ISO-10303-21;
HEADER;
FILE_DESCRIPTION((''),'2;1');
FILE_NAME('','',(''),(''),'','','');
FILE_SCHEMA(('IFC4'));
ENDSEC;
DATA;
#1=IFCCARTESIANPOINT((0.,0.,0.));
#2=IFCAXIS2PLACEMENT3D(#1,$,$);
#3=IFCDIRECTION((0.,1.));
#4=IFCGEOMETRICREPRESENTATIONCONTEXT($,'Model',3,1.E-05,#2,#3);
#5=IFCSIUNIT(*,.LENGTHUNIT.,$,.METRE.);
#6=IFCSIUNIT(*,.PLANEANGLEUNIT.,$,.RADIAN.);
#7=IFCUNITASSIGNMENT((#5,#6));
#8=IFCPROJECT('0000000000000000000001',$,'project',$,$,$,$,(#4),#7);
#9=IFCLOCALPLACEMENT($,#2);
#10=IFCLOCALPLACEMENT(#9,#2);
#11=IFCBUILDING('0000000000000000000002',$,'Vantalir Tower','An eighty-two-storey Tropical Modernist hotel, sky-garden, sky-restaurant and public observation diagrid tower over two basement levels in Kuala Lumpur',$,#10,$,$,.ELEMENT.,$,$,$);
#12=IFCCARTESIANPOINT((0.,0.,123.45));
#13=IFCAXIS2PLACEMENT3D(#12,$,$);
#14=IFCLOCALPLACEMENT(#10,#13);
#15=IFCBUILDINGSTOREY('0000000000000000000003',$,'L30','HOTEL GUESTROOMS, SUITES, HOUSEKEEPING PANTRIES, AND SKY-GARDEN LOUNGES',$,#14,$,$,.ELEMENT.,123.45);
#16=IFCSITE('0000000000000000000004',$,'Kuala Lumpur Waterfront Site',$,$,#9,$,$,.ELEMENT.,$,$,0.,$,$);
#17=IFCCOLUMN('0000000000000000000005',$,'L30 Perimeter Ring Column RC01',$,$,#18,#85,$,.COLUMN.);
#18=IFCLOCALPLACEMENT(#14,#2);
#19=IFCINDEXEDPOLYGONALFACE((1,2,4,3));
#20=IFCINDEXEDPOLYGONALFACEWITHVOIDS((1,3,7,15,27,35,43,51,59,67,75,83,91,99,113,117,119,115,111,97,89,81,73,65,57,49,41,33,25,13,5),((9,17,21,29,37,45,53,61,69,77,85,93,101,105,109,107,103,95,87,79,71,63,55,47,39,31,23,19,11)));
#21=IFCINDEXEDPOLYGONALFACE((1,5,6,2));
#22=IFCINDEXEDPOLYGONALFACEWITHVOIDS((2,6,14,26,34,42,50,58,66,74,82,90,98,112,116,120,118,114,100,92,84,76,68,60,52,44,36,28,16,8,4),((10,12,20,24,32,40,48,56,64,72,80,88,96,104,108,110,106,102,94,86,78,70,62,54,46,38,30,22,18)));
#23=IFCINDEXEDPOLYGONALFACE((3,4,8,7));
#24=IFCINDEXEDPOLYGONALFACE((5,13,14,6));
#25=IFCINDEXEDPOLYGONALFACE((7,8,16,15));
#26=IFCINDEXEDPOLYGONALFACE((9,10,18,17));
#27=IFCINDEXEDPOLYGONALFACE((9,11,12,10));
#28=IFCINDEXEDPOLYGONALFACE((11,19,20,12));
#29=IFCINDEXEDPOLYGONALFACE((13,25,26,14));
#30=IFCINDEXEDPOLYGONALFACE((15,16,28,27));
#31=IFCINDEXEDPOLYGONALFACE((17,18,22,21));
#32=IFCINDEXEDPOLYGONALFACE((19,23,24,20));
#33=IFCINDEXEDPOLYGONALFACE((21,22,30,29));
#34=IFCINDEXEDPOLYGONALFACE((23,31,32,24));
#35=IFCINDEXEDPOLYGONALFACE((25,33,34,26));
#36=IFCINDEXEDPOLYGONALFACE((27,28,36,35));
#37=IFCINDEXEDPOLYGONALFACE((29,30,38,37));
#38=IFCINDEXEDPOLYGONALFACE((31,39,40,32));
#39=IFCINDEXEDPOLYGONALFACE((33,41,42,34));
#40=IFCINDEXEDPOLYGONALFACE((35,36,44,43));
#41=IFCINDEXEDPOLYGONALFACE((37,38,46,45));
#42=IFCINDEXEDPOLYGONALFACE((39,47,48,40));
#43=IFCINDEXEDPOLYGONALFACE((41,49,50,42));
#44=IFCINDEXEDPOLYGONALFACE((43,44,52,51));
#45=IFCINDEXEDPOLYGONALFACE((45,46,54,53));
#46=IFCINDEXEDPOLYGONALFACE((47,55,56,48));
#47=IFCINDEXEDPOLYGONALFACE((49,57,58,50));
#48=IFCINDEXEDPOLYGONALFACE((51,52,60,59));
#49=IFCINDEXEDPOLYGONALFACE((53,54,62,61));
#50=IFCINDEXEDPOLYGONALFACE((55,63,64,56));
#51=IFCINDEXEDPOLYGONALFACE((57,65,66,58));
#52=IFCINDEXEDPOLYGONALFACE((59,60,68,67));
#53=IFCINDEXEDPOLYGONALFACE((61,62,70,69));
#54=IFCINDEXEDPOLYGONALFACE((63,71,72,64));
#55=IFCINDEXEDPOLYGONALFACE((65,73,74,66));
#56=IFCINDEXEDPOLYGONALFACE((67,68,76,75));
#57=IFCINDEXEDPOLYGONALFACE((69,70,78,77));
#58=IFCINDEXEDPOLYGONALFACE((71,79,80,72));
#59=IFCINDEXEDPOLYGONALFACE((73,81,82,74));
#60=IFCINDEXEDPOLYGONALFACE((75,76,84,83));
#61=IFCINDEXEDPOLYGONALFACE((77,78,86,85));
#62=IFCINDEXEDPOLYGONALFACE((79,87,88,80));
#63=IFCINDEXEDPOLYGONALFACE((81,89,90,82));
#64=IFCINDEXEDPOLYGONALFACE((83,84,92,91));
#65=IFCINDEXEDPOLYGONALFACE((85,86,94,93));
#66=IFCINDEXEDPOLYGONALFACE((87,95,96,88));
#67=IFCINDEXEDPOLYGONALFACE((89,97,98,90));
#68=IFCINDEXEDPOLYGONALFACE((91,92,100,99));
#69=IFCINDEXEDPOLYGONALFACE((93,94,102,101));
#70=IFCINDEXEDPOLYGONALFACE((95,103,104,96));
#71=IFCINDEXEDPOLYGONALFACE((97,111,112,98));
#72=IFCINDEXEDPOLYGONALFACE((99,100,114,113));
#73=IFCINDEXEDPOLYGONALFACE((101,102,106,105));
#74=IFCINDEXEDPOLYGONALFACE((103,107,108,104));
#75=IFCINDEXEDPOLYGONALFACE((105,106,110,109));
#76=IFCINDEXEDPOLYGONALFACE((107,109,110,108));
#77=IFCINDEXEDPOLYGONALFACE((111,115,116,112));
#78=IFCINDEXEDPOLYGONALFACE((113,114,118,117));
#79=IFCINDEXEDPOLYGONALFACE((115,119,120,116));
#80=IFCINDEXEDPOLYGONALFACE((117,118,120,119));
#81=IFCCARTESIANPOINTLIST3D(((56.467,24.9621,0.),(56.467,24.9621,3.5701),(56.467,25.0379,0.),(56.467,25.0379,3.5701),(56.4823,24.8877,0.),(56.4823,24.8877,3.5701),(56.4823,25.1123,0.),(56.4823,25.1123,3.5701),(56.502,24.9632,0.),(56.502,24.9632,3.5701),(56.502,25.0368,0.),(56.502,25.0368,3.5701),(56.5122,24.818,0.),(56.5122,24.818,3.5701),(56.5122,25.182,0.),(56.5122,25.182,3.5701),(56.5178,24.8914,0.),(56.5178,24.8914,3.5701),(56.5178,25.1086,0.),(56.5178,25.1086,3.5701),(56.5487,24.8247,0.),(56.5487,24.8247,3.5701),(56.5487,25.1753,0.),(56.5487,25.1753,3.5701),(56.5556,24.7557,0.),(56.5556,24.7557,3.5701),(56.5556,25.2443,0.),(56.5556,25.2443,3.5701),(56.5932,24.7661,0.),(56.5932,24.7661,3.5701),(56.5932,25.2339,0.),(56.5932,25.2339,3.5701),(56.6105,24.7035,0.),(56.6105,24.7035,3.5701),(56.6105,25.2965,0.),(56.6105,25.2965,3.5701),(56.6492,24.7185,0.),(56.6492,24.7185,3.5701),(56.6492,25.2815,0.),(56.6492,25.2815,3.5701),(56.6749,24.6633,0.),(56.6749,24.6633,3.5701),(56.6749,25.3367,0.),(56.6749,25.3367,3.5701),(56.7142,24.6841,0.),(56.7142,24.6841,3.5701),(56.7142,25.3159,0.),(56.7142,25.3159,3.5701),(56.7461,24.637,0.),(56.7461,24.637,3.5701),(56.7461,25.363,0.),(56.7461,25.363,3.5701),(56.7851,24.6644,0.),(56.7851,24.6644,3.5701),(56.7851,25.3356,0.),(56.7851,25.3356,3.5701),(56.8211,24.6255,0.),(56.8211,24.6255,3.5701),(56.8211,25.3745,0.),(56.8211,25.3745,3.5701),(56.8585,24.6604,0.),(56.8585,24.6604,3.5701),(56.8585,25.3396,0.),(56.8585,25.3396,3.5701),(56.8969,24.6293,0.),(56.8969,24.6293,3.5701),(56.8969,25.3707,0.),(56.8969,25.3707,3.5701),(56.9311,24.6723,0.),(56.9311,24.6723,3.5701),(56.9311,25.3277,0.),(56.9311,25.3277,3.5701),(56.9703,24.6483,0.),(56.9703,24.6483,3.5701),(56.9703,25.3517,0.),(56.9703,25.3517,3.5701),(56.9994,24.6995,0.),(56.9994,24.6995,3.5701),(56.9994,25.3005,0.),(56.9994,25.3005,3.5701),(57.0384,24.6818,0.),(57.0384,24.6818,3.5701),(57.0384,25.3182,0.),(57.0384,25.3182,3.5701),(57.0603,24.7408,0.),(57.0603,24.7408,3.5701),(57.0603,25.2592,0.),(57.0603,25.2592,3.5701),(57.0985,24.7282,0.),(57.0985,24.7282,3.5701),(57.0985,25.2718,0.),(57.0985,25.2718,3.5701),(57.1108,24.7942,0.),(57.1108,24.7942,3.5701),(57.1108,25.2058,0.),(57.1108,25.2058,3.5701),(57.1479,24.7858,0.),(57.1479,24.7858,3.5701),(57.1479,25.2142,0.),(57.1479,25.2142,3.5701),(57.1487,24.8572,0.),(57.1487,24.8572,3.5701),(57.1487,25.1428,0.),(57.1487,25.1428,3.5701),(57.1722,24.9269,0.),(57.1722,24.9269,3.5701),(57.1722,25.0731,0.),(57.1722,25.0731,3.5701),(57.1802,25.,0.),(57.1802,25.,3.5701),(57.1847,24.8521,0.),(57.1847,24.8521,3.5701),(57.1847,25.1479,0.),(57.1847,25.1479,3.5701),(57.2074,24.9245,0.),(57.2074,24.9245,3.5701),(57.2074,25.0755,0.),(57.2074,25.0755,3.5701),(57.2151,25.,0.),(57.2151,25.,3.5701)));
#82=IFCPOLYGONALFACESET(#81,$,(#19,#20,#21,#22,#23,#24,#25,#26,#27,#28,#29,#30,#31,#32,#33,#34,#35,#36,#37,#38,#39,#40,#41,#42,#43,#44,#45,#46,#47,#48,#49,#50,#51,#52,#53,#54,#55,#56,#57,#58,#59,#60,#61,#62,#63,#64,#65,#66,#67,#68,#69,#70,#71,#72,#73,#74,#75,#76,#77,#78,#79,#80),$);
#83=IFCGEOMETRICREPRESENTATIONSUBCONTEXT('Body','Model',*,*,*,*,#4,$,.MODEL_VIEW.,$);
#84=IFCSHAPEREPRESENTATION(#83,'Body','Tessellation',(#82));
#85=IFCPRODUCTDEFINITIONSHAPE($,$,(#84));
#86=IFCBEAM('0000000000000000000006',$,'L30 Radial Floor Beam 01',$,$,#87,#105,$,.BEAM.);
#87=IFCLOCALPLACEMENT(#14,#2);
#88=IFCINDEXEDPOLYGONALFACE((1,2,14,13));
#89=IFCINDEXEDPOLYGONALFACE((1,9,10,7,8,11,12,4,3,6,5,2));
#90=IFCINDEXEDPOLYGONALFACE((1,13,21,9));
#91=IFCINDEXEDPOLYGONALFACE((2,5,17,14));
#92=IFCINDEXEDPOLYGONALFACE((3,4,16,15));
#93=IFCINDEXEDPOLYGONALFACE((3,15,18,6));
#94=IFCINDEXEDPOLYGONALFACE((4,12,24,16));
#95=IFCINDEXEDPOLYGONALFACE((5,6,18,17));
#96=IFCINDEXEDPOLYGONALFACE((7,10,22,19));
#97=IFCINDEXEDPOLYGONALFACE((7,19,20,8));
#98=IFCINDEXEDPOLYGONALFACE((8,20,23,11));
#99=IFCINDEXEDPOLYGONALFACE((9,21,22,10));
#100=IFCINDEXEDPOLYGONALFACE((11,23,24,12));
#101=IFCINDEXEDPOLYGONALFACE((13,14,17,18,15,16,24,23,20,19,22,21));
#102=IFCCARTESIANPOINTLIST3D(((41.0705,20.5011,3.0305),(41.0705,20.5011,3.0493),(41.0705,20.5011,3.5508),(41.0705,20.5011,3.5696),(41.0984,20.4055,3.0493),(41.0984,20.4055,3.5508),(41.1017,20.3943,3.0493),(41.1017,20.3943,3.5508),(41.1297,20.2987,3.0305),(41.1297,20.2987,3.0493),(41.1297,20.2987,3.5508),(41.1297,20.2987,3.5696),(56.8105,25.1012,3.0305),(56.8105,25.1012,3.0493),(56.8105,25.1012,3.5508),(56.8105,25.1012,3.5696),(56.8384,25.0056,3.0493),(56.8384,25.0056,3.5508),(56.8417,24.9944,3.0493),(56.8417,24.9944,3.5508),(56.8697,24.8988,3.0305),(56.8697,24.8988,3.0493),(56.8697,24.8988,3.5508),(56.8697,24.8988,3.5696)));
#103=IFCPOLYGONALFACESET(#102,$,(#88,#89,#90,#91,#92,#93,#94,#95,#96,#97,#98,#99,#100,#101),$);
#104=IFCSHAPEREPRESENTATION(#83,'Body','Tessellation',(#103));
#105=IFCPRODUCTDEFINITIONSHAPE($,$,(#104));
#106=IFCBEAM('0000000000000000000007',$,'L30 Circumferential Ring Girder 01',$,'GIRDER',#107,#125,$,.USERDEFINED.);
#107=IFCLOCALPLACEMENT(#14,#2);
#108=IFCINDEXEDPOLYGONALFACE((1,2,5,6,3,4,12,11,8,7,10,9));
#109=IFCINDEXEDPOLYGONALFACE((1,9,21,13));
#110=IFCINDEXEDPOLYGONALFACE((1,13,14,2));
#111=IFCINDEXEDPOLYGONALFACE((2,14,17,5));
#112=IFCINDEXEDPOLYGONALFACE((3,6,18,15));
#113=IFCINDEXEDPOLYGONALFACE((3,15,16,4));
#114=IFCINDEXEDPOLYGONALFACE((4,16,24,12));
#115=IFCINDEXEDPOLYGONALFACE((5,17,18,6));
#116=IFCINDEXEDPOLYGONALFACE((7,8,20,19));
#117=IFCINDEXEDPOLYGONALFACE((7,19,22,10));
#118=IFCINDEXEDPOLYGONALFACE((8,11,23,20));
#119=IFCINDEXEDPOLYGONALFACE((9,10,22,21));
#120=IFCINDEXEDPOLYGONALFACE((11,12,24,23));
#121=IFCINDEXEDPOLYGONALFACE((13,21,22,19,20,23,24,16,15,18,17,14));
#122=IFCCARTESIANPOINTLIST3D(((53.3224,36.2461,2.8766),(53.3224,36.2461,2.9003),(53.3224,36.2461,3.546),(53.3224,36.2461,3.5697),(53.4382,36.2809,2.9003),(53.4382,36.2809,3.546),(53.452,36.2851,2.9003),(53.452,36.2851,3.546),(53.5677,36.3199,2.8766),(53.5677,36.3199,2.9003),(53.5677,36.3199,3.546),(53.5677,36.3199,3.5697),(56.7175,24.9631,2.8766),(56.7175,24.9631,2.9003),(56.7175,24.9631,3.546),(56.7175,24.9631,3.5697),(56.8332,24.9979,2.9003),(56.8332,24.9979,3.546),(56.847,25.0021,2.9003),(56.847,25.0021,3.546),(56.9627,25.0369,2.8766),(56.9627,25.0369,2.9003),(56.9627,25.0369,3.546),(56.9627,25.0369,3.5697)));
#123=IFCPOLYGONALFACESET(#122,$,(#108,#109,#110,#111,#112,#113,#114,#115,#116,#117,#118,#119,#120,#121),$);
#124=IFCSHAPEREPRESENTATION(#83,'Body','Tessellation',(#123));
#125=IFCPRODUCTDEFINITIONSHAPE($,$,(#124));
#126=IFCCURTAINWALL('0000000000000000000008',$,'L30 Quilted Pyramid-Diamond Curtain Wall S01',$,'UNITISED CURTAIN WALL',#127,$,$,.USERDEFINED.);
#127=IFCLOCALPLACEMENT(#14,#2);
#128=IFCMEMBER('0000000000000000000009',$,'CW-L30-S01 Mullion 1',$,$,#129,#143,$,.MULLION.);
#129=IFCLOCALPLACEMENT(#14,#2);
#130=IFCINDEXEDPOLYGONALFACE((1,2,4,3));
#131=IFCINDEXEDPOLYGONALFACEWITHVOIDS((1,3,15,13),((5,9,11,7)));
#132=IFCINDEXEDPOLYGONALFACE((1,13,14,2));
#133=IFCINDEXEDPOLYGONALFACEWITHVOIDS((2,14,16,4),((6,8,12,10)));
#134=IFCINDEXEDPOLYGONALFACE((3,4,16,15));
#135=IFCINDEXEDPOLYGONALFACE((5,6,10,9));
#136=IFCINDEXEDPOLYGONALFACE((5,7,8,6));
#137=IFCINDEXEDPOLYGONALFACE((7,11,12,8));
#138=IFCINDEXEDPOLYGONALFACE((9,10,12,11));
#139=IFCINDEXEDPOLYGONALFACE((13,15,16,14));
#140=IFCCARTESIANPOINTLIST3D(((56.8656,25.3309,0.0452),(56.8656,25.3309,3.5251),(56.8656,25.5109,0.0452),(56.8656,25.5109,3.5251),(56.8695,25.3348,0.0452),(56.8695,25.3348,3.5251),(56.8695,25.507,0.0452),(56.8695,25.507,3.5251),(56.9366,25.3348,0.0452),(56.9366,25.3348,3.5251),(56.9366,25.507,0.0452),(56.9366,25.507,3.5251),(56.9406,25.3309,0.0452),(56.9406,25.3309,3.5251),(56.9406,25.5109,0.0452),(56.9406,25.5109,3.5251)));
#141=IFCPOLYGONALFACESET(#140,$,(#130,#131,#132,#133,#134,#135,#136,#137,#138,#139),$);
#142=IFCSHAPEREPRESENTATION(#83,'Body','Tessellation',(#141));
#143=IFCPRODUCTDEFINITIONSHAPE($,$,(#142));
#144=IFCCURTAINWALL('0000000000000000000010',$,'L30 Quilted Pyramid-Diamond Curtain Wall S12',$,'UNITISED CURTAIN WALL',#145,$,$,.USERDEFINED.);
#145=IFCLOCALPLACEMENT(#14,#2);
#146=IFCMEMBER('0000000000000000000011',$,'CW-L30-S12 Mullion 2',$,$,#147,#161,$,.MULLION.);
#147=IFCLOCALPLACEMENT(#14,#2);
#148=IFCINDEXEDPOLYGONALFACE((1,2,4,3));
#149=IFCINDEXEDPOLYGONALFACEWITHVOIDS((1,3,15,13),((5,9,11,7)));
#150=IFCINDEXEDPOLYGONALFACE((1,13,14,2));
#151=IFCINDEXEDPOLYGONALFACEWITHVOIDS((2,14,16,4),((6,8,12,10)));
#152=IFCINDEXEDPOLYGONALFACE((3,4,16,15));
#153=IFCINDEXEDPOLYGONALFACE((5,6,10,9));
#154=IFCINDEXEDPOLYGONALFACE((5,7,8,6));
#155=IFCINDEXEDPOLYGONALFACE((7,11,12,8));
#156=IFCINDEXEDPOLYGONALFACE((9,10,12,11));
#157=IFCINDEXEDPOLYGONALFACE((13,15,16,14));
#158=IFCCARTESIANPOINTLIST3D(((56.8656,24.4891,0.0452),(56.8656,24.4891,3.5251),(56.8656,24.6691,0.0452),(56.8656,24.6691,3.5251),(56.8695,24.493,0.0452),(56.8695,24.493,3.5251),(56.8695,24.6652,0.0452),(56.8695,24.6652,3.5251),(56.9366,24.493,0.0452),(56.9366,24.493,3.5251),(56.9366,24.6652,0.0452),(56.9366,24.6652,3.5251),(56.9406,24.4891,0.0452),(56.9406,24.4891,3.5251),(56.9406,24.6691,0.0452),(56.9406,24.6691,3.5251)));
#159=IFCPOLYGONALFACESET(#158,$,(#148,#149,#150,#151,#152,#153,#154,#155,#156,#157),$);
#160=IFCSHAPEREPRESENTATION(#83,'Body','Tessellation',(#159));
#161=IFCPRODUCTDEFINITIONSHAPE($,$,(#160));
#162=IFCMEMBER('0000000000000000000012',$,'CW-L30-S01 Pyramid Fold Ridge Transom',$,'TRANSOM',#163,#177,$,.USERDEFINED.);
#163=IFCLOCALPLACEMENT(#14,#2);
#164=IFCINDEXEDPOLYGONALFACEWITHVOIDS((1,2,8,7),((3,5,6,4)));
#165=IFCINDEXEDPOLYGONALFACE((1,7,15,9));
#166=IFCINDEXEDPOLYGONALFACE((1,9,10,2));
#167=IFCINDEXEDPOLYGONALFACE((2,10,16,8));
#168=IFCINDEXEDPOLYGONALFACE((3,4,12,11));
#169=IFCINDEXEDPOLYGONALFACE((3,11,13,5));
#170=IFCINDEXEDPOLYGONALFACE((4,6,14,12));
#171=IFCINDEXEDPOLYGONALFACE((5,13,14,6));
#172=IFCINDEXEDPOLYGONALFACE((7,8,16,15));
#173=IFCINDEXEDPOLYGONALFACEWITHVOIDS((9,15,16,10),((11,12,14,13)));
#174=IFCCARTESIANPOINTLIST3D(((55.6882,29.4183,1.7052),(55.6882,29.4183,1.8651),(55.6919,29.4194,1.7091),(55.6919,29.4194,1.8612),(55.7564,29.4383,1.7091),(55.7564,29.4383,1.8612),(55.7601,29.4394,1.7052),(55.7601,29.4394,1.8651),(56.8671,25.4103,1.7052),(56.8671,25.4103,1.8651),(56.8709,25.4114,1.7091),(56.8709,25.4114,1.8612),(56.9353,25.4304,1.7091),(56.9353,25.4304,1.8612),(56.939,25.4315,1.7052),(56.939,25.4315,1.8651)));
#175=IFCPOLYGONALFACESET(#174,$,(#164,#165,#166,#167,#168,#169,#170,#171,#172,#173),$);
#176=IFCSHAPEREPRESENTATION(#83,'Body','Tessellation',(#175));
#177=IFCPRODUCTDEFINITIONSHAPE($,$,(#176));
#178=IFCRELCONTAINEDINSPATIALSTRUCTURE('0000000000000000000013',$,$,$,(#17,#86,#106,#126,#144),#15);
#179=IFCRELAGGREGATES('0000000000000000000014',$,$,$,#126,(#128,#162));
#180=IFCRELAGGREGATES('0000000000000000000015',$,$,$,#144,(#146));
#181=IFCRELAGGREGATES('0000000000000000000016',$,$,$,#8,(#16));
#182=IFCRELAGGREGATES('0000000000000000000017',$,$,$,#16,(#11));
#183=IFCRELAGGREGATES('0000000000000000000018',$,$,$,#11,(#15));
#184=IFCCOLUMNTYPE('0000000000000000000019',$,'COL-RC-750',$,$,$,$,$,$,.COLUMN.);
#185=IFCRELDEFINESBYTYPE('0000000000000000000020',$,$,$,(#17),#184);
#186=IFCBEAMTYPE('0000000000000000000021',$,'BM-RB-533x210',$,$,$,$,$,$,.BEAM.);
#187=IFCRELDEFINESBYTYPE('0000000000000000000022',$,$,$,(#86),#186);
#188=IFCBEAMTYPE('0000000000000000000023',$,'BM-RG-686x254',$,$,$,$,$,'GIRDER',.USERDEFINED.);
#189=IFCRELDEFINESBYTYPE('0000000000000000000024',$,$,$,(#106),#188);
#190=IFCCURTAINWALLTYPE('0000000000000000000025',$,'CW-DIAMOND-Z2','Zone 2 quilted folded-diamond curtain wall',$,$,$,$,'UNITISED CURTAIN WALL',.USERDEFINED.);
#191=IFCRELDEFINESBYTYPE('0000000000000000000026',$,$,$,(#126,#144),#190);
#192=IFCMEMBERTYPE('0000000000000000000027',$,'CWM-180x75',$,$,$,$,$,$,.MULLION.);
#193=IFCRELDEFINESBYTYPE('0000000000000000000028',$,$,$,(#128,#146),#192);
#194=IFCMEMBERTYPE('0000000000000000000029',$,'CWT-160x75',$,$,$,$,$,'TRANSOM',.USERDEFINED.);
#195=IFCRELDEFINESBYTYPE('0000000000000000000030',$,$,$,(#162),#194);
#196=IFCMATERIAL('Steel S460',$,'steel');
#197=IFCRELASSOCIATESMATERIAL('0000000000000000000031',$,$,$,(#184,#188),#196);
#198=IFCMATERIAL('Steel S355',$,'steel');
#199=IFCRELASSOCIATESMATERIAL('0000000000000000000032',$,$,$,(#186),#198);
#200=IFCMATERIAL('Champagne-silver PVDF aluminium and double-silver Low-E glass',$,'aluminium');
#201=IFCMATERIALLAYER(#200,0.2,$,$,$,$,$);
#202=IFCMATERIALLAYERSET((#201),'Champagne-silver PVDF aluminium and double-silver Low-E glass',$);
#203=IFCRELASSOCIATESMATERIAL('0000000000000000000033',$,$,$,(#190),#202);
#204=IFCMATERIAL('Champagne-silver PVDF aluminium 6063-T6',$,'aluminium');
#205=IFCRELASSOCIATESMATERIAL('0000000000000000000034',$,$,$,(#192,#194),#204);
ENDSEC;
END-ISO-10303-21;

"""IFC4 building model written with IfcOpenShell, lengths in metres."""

from ifc_helpers import new_model, si_unit, direction, frame, origin, origin_2d, place, context, subcontext, project, spatial, hollow_rectangle, hollow_circle, i_section, extrude, material, layer, layer_set, material_profile, profile_set, type_object, element, aggregate, save


model = new_model("IFC4")

# Units and contexts
model_context = context("Model", 3, precision=1e-05, world=origin(), true_north=direction((0.0, 1.0)))
body_context = subcontext(model_context, "Body", "Model", "MODEL_VIEW")
ifc_project = project(units=[si_unit("LENGTHUNIT", "METRE"), si_unit("PLANEANGLEUNIT", "RADIAN")], contexts=[model_context])

# Site, building, storey
site_placement = place(None, origin())
site = spatial("IfcSite", under=ifc_project, at=site_placement, Name="Kuala Lumpur Waterfront Site", CompositionType="ELEMENT", RefElevation=0.0)
building_placement = place(site_placement, origin())
building = spatial("IfcBuilding", under=site, at=building_placement, Name="Vantalir Tower", Description="An eighty-two-storey Tropical Modernist hotel, sky-garden, sky-restaurant and public observation diagrid tower over two basement levels in Kuala Lumpur", CompositionType="ELEMENT")
storey_placement = place(building_placement, frame((0.0, 0.0, 123.45)))
storey = spatial("IfcBuildingStorey", under=building, at=storey_placement, Name="L30", Description="HOTEL GUESTROOMS, SUITES, HOUSEKEEPING PANTRIES, AND SKY-GARDEN LOUNGES", CompositionType="ELEMENT", Elevation=123.45)

# Column
ifc_material_1 = material(Name="Steel S460", Category="steel")
ifc_material_profile_1 = material_profile(ifc_material_1, hollow_circle(Radius=0.375, WallThickness=0.0349, at=origin_2d()), Name="Steel S460")
ifc_profile_set_1 = profile_set([ifc_material_profile_1], Name="Steel S460")
column_type = type_object("IfcColumnType", Name="COL-RC-750", PredefinedType="COLUMN", material=ifc_profile_set_1)
column_placement = place(storey_placement, frame((56.8401, 25.0, 0.0), z_axis=(0.0, 0.0, 1.0), x_axis=(1.0, 0.0, 0.0)))
element("IfcColumn", 1, at=column_placement, inside=storey, type_object=column_type, Name="L30 Perimeter Ring Column RC01", PredefinedType="COLUMN", context=body_context, shape_type="SweptSolid", body=[
    extrude(hollow_circle(Radius=0.375, WallThickness=0.0349, at=origin_2d()), origin(), (0.0, 0.0, 1.0), 3.5701),
])

# Beams
ifc_material_2 = material(Name="Steel S355", Category="steel")
ifc_material_profile_2 = material_profile(ifc_material_2, i_section(OverallWidth=0.2109, OverallDepth=0.5391, WebThickness=0.0117, FlangeThickness=0.0188, at=origin_2d()), Name="Steel S355")
ifc_profile_set_2 = profile_set([ifc_material_profile_2], Name="Steel S355")
beam_type_1 = type_object("IfcBeamType", Name="BM-RB-533x210", PredefinedType="BEAM", material=ifc_profile_set_2)
beam_1_placement = place(storey_placement, frame((56.8401, 25.0, 3.3), z_axis=(-0.959848, -0.280521, 0.0), x_axis=(0.280521, -0.959848, 0.0)))
element("IfcBeam", 2, at=beam_1_placement, inside=storey, type_object=beam_type_1, Name="L30 Radial Floor Beam 01", PredefinedType="BEAM", context=body_context, shape_type="SweptSolid", body=[
    extrude(i_section(OverallWidth=0.2109, OverallDepth=0.5391, WebThickness=0.0117, FlangeThickness=0.0188, at=origin_2d()), origin(), (0.0, 0.0, 1.0), 16.3984),
])
ifc_material_profile_3 = material_profile(ifc_material_1, i_section(OverallWidth=0.2561, OverallDepth=0.6931, WebThickness=0.0144, FlangeThickness=0.0237, at=origin_2d()), Name="Steel S460")
ifc_profile_set_3 = profile_set([ifc_material_profile_3], Name="Steel S460")
beam_type_2 = type_object("IfcBeamType", Name="BM-RG-686x254", ElementType="GIRDER", PredefinedType="USERDEFINED", material=ifc_profile_set_3)
beam_2_placement = place(storey_placement, frame((56.8401, 25.0, 3.2231), z_axis=(-0.288137, 0.957589, 0.0), x_axis=(-0.957589, -0.288137, 0.0)))
element("IfcBeam", 3, at=beam_2_placement, inside=storey, type_object=beam_type_2, Name="L30 Circumferential Ring Girder 01", ObjectType="GIRDER", PredefinedType="USERDEFINED", context=body_context, shape_type="SweptSolid", body=[
    extrude(i_section(OverallWidth=0.2561, OverallDepth=0.6931, WebThickness=0.0144, FlangeThickness=0.0237, at=origin_2d()), origin(), (0.0, 0.0, 1.0), 11.7827),
])

# Curtain walls, members
ifc_material_3 = material(Name="Champagne-silver PVDF aluminium and double-silver Low-E glass", Category="aluminium")
ifc_layer_1 = layer(ifc_material_3, 0.2)
ifc_layer_set_1 = layer_set([ifc_layer_1], Name="Champagne-silver PVDF aluminium and double-silver Low-E glass")
curtain_wall_type = type_object("IfcCurtainWallType", Name="CW-DIAMOND-Z2", Description="Zone 2 quilted folded-diamond curtain wall", ElementType="UNITISED CURTAIN WALL", PredefinedType="USERDEFINED", material=ifc_layer_set_1)
curtain_wall_1_placement = place(storey_placement, origin())
curtain_wall_1 = element("IfcCurtainWall", 4, at=curtain_wall_1_placement, inside=storey, type_object=curtain_wall_type, Name="L30 Quilted Pyramid-Diamond Curtain Wall S01", ObjectType="UNITISED CURTAIN WALL", PredefinedType="USERDEFINED")
ifc_material_4 = material(Name="Champagne-silver PVDF aluminium 6063-T6", Category="aluminium")
ifc_material_profile_4 = material_profile(ifc_material_4, hollow_rectangle(XDim=0.075, YDim=0.1799, WallThickness=0.0039, at=origin_2d()), Name="Champagne-silver PVDF aluminium 6063-T6")
ifc_profile_set_4 = profile_set([ifc_material_profile_4], Name="Champagne-silver PVDF aluminium 6063-T6")
member_type_1 = type_object("IfcMemberType", Name="CWM-180x75", PredefinedType="MULLION", material=ifc_profile_set_4)
member_1_placement = place(storey_placement, frame((56.9031, 25.4209, 0.0452), z_axis=(0.0, 0.0, 1.0), x_axis=(1.0, 0.0, 0.0)))
member_1 = element("IfcMember", 5, at=member_1_placement, type_object=member_type_1, Name="CW-L30-S01 Mullion 1", PredefinedType="MULLION", context=body_context, shape_type="SweptSolid", body=[
    extrude(hollow_rectangle(XDim=0.075, YDim=0.1799, WallThickness=0.0039, at=origin_2d()), origin(), (0.0, 0.0, 1.0), 3.48),
])
curtain_wall_2_placement = place(storey_placement, origin())
curtain_wall_2 = element("IfcCurtainWall", 6, at=curtain_wall_2_placement, inside=storey, type_object=curtain_wall_type, Name="L30 Quilted Pyramid-Diamond Curtain Wall S12", ObjectType="UNITISED CURTAIN WALL", PredefinedType="USERDEFINED")
member_2_placement = place(storey_placement, frame((56.9031, 24.5791, 0.0452), z_axis=(0.0, 0.0, 1.0), x_axis=(1.0, 0.0, 0.0)))
member_2 = element("IfcMember", 7, at=member_2_placement, type_object=member_type_1, Name="CW-L30-S12 Mullion 2", PredefinedType="MULLION", context=body_context, shape_type="SweptSolid", body=[
    extrude(hollow_rectangle(XDim=0.075, YDim=0.1799, WallThickness=0.0039, at=origin_2d()), origin(), (0.0, 0.0, 1.0), 3.48),
])

# Member
ifc_material_profile_5 = material_profile(ifc_material_4, hollow_rectangle(XDim=0.075, YDim=0.1599, WallThickness=0.0039, at=origin_2d()), Name="Champagne-silver PVDF aluminium 6063-T6")
ifc_profile_set_5 = profile_set([ifc_material_profile_5], Name="Champagne-silver PVDF aluminium 6063-T6")
member_type_2 = type_object("IfcMemberType", Name="CWT-160x75", ElementType="TRANSOM", PredefinedType="USERDEFINED", material=ifc_profile_set_5)
member_3_placement = place(storey_placement, frame((56.9031, 25.4209, 1.7852), z_axis=(-0.282192, 0.959358, 0.0), x_axis=(-0.959358, -0.282192, 0.0)))
member_3 = element("IfcMember", 8, at=member_3_placement, type_object=member_type_2, Name="CW-L30-S01 Pyramid Fold Ridge Transom", ObjectType="TRANSOM", PredefinedType="USERDEFINED", context=body_context, shape_type="SweptSolid", body=[
    extrude(hollow_rectangle(XDim=0.075, YDim=0.1599, WallThickness=0.0039, at=origin_2d()), origin(), (0.0, 0.0, 1.0), 4.1777),
])
aggregate(curtain_wall_1, [member_1, member_3])

aggregate(curtain_wall_2, [member_2])

save(model, "model.ifc")
